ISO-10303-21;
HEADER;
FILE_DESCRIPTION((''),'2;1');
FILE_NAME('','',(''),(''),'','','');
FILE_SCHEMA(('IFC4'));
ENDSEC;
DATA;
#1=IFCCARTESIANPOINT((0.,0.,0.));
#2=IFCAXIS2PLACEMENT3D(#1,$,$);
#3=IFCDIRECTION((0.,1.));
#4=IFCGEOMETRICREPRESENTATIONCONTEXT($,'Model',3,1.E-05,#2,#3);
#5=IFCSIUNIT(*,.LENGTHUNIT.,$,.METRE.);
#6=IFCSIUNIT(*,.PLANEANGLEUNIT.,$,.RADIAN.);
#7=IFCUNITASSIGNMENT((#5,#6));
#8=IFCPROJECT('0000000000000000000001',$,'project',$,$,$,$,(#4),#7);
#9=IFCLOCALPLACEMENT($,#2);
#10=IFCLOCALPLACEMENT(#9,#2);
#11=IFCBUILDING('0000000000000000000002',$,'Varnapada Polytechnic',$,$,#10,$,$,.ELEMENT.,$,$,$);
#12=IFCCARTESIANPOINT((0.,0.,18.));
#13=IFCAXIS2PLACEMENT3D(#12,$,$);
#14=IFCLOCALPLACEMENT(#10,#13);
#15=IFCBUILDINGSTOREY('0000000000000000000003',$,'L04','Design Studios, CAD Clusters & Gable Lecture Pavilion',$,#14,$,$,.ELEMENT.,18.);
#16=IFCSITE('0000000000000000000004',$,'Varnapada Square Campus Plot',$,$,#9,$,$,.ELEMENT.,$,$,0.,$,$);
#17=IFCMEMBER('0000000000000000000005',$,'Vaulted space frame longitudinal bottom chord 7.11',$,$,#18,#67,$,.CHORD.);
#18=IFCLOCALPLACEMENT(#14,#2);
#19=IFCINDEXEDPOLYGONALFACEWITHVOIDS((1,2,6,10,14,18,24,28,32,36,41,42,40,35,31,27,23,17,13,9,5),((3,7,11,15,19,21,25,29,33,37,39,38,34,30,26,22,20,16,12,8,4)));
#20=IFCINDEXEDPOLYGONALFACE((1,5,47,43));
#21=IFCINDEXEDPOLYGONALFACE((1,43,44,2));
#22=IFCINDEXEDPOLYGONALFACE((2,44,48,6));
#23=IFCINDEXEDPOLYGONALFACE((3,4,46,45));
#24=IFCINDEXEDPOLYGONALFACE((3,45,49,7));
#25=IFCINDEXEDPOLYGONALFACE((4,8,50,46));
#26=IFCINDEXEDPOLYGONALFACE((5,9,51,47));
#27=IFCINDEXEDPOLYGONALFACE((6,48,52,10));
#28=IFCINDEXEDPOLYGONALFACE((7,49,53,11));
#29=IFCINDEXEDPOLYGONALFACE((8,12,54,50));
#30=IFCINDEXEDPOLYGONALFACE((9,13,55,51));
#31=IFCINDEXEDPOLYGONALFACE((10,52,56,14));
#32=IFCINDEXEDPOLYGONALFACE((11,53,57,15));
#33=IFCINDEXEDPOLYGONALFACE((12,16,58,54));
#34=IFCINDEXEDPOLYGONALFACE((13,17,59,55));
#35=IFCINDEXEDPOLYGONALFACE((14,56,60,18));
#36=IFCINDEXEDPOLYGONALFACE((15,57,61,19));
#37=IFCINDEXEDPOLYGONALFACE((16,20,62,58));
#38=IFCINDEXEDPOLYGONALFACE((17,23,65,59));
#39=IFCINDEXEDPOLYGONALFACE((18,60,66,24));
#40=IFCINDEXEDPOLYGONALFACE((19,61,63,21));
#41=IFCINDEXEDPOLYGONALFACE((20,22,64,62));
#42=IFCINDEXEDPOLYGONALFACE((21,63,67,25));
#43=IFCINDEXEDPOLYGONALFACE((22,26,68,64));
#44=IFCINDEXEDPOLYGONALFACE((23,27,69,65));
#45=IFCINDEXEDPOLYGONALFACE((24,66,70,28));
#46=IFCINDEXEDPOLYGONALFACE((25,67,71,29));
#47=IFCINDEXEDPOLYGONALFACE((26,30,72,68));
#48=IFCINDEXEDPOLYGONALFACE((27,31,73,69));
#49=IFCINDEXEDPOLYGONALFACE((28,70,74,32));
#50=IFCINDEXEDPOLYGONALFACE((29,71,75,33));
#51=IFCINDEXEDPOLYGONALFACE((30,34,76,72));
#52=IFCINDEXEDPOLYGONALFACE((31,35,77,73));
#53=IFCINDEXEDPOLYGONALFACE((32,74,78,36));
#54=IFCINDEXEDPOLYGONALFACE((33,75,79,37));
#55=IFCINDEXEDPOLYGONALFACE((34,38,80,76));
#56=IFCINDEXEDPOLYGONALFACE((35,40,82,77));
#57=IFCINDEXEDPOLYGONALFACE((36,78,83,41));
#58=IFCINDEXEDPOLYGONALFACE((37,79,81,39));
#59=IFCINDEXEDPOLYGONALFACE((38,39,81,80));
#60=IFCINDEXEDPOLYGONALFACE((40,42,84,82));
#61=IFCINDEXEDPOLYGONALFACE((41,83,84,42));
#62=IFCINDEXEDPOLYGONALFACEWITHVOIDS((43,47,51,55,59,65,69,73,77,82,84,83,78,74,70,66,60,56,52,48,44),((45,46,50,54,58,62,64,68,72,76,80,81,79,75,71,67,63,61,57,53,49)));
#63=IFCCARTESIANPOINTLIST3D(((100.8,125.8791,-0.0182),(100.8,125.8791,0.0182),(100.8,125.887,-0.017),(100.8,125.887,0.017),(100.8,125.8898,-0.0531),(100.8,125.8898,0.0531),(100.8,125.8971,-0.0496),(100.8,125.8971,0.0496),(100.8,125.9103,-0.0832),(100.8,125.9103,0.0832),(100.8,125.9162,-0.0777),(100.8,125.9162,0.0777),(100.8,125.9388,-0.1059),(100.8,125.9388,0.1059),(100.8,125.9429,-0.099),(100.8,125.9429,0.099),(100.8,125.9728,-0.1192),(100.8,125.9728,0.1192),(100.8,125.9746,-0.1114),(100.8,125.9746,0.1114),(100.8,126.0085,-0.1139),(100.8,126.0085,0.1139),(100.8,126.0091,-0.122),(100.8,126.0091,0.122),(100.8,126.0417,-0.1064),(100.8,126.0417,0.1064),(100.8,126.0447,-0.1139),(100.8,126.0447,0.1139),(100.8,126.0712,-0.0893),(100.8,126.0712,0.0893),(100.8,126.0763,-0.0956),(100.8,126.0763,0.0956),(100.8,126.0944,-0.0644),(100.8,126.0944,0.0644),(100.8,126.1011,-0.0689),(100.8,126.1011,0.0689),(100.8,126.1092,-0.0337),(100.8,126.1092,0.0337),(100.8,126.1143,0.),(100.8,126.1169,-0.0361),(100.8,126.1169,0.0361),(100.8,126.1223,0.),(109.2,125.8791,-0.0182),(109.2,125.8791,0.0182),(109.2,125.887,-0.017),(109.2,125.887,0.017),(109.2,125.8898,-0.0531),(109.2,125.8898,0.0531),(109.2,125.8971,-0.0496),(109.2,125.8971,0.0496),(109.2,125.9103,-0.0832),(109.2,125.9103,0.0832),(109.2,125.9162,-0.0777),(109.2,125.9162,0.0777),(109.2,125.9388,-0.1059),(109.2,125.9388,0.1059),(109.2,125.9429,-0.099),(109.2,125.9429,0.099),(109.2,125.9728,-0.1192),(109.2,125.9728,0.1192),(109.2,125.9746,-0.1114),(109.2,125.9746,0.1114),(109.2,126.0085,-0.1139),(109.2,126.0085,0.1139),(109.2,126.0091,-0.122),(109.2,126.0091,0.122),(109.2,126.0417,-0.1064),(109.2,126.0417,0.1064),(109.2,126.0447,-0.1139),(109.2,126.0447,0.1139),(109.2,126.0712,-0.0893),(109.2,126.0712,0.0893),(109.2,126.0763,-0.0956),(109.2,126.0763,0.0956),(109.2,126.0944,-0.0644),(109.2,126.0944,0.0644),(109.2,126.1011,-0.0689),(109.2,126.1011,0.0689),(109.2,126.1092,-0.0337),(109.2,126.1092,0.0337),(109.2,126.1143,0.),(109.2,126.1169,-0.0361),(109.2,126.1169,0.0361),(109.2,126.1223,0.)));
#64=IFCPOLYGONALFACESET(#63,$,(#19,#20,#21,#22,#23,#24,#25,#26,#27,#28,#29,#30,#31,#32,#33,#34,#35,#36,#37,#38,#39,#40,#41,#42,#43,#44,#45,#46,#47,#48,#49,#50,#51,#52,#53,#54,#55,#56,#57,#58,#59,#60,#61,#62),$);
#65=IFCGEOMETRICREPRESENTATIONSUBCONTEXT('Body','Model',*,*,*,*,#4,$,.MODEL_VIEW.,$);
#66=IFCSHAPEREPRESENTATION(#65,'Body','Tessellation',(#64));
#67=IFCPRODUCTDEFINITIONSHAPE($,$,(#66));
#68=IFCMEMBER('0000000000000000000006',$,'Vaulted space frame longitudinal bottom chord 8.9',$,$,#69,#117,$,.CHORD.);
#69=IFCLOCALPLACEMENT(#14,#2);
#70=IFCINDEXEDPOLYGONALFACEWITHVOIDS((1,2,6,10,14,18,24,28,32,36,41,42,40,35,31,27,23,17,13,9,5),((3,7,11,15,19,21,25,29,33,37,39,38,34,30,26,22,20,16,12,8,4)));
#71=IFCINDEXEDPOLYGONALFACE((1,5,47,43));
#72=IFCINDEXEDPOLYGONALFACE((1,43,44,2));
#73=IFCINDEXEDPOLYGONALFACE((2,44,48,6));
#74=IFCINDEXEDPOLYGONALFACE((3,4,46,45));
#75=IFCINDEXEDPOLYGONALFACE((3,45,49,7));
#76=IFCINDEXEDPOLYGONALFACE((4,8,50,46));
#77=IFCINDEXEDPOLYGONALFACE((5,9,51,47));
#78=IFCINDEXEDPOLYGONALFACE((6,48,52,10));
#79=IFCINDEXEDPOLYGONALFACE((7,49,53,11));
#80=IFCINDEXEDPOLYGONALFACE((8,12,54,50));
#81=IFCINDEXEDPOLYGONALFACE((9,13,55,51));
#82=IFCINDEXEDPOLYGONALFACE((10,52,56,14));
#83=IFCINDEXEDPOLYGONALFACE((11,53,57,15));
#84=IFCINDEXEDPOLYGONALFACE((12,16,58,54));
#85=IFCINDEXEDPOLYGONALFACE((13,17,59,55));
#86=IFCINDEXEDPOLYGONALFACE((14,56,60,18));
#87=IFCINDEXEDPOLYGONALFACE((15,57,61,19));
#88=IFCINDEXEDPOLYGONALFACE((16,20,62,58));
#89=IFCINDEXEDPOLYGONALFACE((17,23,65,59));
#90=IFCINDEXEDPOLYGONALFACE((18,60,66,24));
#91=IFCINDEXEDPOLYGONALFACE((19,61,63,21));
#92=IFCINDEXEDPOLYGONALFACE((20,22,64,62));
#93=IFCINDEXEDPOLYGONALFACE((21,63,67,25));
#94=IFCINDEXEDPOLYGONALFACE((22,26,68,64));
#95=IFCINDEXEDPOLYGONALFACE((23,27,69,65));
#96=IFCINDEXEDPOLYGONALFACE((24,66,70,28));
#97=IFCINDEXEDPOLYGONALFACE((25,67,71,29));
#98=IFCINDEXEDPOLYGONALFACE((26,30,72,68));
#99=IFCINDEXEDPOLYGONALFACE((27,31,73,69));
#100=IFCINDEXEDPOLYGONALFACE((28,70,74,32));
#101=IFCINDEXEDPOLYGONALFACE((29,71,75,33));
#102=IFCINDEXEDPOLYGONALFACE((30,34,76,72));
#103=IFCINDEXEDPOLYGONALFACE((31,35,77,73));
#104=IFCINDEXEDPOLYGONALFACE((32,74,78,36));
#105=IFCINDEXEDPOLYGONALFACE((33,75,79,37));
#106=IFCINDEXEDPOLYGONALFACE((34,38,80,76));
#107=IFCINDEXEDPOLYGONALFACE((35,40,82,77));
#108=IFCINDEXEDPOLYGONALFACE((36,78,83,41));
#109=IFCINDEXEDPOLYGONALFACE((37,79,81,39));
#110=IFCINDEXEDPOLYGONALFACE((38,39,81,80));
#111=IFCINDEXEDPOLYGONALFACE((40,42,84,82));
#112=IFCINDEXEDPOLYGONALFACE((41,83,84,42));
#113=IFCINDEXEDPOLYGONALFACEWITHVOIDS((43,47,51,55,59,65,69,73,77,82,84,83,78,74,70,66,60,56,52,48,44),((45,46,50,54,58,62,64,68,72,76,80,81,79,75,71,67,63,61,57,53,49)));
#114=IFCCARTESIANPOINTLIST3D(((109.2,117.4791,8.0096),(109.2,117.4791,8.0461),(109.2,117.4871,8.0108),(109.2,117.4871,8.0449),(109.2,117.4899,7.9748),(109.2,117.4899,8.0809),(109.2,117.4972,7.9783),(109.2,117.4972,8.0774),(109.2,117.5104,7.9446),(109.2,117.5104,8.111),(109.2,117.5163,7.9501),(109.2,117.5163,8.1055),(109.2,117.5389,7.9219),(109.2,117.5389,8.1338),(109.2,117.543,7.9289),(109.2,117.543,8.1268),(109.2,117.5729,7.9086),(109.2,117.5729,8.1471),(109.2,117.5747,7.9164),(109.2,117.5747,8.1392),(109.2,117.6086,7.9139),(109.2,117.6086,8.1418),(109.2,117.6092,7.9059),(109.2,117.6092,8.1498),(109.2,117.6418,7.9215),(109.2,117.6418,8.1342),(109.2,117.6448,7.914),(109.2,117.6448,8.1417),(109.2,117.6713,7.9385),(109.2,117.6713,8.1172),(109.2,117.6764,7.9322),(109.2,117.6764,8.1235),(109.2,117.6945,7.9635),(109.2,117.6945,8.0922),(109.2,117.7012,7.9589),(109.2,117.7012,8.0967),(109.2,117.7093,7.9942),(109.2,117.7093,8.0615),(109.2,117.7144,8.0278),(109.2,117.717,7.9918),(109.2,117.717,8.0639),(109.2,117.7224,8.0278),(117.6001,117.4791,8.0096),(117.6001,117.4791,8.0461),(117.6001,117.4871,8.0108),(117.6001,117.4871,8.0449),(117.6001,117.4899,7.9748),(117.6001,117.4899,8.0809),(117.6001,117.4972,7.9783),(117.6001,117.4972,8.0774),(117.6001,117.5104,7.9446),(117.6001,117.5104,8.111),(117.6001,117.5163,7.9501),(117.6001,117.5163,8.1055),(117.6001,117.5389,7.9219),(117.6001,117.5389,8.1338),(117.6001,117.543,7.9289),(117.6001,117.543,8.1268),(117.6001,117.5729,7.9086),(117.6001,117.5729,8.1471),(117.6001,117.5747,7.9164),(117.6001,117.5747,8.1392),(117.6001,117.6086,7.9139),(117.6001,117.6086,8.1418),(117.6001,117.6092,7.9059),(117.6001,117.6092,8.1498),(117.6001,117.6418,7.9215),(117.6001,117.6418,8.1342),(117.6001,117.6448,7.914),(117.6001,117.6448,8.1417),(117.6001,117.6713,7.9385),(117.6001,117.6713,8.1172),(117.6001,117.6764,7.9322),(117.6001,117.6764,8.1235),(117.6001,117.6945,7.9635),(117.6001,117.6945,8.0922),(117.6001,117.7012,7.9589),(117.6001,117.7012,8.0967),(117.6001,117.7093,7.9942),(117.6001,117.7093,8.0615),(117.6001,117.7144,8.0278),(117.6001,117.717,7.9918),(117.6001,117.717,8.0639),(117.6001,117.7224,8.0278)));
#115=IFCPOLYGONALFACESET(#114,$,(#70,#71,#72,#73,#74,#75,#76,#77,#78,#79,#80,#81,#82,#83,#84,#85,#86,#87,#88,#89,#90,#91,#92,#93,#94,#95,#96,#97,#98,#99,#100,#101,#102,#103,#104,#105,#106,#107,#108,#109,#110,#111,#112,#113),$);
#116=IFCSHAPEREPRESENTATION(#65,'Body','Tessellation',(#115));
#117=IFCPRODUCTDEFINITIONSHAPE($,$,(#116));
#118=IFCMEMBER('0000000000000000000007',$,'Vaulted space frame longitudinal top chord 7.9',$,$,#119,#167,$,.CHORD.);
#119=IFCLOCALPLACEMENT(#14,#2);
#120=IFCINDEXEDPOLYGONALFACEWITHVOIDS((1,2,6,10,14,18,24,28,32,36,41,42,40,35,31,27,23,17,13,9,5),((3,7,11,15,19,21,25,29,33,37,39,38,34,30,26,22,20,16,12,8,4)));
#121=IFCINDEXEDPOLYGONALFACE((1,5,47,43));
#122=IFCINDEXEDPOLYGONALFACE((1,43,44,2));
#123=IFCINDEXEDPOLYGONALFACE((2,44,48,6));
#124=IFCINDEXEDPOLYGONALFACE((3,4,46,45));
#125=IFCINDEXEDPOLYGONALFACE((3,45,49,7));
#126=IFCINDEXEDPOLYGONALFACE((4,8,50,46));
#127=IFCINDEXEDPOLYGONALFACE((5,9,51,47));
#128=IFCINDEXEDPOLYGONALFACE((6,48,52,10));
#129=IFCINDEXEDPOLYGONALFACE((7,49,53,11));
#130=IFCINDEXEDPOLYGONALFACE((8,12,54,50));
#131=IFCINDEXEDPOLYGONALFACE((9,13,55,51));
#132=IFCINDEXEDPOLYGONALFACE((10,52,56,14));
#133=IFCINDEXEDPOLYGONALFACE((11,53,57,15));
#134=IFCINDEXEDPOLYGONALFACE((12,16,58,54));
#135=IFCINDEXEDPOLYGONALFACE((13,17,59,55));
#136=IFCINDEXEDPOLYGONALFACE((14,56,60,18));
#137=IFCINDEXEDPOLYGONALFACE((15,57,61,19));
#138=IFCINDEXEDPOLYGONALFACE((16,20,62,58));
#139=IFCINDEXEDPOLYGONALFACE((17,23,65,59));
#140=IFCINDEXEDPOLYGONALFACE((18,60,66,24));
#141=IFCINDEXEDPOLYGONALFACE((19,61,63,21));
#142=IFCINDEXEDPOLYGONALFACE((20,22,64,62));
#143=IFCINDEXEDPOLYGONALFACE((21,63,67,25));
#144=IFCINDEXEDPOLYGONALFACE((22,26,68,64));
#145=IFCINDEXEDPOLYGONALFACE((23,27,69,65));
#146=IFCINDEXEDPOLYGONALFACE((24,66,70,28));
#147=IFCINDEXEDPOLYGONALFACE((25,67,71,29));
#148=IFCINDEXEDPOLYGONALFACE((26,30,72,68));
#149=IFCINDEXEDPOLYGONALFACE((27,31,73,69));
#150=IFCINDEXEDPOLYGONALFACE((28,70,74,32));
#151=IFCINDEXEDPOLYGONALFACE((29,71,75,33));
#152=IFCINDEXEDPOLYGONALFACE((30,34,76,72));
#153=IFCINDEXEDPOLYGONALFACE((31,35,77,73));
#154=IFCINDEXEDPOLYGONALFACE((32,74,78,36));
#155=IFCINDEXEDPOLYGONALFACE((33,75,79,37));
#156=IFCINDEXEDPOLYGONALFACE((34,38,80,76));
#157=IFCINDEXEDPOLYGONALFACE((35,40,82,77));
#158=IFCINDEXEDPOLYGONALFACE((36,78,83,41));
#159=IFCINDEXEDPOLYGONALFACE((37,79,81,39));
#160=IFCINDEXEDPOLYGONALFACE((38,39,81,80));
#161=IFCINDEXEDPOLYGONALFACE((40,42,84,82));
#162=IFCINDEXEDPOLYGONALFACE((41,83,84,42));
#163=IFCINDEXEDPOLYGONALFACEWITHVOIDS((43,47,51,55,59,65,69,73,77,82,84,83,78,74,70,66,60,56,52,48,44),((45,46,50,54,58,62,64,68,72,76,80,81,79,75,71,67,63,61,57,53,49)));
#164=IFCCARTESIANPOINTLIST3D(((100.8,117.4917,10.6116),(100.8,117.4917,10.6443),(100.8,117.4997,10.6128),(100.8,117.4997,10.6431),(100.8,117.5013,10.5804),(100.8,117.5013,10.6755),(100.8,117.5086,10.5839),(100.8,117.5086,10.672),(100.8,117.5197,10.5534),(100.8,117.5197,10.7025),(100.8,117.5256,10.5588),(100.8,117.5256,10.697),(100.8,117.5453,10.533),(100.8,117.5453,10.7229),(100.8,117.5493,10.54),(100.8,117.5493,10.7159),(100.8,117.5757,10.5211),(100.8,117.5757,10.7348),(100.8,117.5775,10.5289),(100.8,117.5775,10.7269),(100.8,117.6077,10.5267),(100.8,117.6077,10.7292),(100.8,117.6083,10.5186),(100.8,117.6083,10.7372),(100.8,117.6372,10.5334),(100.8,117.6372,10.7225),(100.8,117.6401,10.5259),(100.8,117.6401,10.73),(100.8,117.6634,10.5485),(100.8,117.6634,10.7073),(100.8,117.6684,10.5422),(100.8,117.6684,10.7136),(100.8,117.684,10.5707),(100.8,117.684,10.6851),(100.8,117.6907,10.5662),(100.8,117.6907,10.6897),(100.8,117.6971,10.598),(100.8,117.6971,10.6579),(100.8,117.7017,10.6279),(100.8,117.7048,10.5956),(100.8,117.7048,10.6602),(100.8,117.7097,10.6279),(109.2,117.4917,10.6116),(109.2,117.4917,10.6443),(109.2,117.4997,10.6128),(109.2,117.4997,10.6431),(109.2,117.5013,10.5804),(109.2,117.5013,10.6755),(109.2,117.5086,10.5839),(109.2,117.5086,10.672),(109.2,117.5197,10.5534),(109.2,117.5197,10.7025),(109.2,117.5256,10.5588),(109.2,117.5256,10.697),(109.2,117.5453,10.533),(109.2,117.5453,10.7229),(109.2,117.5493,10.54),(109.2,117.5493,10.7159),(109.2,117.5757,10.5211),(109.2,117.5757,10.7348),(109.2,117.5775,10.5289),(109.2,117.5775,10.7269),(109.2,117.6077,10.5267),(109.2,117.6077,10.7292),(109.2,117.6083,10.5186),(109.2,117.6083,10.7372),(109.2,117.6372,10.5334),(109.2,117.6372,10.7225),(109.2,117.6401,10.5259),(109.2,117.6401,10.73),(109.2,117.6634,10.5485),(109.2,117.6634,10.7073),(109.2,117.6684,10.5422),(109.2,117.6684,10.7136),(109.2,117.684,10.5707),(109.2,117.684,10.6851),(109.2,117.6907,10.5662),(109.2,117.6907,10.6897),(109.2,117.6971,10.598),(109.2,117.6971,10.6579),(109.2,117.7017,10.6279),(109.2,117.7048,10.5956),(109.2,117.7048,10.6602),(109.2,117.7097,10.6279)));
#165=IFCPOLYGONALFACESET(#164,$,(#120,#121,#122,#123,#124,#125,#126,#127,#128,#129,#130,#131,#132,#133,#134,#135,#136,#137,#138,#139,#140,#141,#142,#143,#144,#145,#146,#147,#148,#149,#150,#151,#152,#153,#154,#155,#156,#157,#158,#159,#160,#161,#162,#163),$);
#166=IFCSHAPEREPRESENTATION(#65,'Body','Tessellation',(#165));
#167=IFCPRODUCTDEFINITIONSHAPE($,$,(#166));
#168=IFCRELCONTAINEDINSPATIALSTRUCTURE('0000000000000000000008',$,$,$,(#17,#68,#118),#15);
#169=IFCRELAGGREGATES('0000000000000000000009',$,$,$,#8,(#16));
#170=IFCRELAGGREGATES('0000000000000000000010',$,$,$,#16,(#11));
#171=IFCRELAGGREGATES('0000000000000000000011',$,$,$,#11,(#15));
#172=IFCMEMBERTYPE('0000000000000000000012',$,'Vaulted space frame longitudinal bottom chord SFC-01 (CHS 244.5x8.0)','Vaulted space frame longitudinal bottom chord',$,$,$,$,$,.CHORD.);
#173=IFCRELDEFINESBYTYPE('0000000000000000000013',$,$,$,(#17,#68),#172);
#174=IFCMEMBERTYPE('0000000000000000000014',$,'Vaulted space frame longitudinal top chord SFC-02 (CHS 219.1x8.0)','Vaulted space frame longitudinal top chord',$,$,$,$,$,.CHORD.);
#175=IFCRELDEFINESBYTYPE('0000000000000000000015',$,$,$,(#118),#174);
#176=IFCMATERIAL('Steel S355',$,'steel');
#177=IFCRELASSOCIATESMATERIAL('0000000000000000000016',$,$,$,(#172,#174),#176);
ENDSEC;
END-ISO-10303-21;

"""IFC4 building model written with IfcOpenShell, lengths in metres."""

from ifc_helpers import new_model, si_unit, direction, frame, origin, origin_2d, place, context, subcontext, project, spatial, hollow_circle, extrude, material, material_profile, profile_set, type_object, element, save


model = new_model("IFC4")

# Units and contexts
model_context = context("Model", 3, precision=1e-05, world=origin(), true_north=direction((0.0, 1.0)))
body_context = subcontext(model_context, "Body", "Model", "MODEL_VIEW")
ifc_project = project(units=[si_unit("LENGTHUNIT", "METRE"), si_unit("PLANEANGLEUNIT", "RADIAN")], contexts=[model_context])

# Site, building, storey
site_placement = place(None, origin())
site = spatial("IfcSite", under=ifc_project, at=site_placement, Name="Varnapada Square Campus Plot", CompositionType="ELEMENT", RefElevation=0.0)
building_placement = place(site_placement, origin())
building = spatial("IfcBuilding", under=site, at=building_placement, Name="Varnapada Polytechnic", CompositionType="ELEMENT")
storey_placement = place(building_placement, frame((0.0, 0.0, 18.0)))
storey = spatial("IfcBuildingStorey", under=building, at=storey_placement, Name="L04", Description="Design Studios, CAD Clusters & Gable Lecture Pavilion", CompositionType="ELEMENT", Elevation=18.0)

# Shared definitions
ifc_material = material(Name="Steel S355", Category="steel")

# Members
ifc_material_profile_1 = material_profile(ifc_material, hollow_circle(Radius=0.1223, WallThickness=0.0081, at=origin_2d()), Name="CHS 244.5x8.0")
ifc_profile_set_1 = profile_set([ifc_material_profile_1], Name="Steel S355")
member_type_1 = type_object("IfcMemberType", Name="Vaulted space frame longitudinal bottom chord SFC-01 (CHS 244.5x8.0)", Description="Vaulted space frame longitudinal bottom chord", PredefinedType="CHORD", material=ifc_profile_set_1)
for number, where, z_axis, x_axis, name in (
    (1, (100.8, 126.0, 0.0), (1.0, 0.0, 0.0), (0.0, 1.0, 0.0), "Vaulted space frame longitudinal bottom chord 7.11"),
):
    element("IfcMember", number, at=place(storey_placement, frame(where, z_axis=z_axis, x_axis=x_axis)), inside=storey, type_object=member_type_1, Name=name, PredefinedType="CHORD", context=body_context, shape_type="SweptSolid", body=[
        extrude(hollow_circle(Radius=0.1223, WallThickness=0.0081, at=origin_2d()), origin(), (0.0, 0.0, 1.0), 8.3999),
    ])
member_1_placement = place(storey_placement, frame((109.2, 117.6001, 8.0278), z_axis=(1.0, 0.0, 0.0), x_axis=(0.0, 1.0, 0.0)))
element("IfcMember", 2, at=member_1_placement, inside=storey, type_object=member_type_1, Name="Vaulted space frame longitudinal bottom chord 8.9", PredefinedType="CHORD", context=body_context, shape_type="SweptSolid", body=[
    extrude(hollow_circle(Radius=0.1223, WallThickness=0.0081, at=origin_2d()), origin(), (0.0, 0.0, 1.0), 8.4001),
])
ifc_material_profile_2 = material_profile(ifc_material, hollow_circle(Radius=0.1096, WallThickness=0.0081, at=origin_2d()), Name="CHS 219.1x8.0")
ifc_profile_set_2 = profile_set([ifc_material_profile_2], Name="Steel S355")
member_type_2 = type_object("IfcMemberType", Name="Vaulted space frame longitudinal top chord SFC-02 (CHS 219.1x8.0)", Description="Vaulted space frame longitudinal top chord", PredefinedType="CHORD", material=ifc_profile_set_2)
for number, where, z_axis, x_axis, name in (
    (3, (100.8, 117.6001, 10.6279), (1.0, 0.0, 0.0), (0.0, 1.0, 0.0), "Vaulted space frame longitudinal top chord 7.9"),
):
    element("IfcMember", number, at=place(storey_placement, frame(where, z_axis=z_axis, x_axis=x_axis)), inside=storey, type_object=member_type_2, Name=name, PredefinedType="CHORD", context=body_context, shape_type="SweptSolid", body=[
        extrude(hollow_circle(Radius=0.1096, WallThickness=0.0081, at=origin_2d()), origin(), (0.0, 0.0, 1.0), 8.3999),
    ])

save(model, "model.ifc")
